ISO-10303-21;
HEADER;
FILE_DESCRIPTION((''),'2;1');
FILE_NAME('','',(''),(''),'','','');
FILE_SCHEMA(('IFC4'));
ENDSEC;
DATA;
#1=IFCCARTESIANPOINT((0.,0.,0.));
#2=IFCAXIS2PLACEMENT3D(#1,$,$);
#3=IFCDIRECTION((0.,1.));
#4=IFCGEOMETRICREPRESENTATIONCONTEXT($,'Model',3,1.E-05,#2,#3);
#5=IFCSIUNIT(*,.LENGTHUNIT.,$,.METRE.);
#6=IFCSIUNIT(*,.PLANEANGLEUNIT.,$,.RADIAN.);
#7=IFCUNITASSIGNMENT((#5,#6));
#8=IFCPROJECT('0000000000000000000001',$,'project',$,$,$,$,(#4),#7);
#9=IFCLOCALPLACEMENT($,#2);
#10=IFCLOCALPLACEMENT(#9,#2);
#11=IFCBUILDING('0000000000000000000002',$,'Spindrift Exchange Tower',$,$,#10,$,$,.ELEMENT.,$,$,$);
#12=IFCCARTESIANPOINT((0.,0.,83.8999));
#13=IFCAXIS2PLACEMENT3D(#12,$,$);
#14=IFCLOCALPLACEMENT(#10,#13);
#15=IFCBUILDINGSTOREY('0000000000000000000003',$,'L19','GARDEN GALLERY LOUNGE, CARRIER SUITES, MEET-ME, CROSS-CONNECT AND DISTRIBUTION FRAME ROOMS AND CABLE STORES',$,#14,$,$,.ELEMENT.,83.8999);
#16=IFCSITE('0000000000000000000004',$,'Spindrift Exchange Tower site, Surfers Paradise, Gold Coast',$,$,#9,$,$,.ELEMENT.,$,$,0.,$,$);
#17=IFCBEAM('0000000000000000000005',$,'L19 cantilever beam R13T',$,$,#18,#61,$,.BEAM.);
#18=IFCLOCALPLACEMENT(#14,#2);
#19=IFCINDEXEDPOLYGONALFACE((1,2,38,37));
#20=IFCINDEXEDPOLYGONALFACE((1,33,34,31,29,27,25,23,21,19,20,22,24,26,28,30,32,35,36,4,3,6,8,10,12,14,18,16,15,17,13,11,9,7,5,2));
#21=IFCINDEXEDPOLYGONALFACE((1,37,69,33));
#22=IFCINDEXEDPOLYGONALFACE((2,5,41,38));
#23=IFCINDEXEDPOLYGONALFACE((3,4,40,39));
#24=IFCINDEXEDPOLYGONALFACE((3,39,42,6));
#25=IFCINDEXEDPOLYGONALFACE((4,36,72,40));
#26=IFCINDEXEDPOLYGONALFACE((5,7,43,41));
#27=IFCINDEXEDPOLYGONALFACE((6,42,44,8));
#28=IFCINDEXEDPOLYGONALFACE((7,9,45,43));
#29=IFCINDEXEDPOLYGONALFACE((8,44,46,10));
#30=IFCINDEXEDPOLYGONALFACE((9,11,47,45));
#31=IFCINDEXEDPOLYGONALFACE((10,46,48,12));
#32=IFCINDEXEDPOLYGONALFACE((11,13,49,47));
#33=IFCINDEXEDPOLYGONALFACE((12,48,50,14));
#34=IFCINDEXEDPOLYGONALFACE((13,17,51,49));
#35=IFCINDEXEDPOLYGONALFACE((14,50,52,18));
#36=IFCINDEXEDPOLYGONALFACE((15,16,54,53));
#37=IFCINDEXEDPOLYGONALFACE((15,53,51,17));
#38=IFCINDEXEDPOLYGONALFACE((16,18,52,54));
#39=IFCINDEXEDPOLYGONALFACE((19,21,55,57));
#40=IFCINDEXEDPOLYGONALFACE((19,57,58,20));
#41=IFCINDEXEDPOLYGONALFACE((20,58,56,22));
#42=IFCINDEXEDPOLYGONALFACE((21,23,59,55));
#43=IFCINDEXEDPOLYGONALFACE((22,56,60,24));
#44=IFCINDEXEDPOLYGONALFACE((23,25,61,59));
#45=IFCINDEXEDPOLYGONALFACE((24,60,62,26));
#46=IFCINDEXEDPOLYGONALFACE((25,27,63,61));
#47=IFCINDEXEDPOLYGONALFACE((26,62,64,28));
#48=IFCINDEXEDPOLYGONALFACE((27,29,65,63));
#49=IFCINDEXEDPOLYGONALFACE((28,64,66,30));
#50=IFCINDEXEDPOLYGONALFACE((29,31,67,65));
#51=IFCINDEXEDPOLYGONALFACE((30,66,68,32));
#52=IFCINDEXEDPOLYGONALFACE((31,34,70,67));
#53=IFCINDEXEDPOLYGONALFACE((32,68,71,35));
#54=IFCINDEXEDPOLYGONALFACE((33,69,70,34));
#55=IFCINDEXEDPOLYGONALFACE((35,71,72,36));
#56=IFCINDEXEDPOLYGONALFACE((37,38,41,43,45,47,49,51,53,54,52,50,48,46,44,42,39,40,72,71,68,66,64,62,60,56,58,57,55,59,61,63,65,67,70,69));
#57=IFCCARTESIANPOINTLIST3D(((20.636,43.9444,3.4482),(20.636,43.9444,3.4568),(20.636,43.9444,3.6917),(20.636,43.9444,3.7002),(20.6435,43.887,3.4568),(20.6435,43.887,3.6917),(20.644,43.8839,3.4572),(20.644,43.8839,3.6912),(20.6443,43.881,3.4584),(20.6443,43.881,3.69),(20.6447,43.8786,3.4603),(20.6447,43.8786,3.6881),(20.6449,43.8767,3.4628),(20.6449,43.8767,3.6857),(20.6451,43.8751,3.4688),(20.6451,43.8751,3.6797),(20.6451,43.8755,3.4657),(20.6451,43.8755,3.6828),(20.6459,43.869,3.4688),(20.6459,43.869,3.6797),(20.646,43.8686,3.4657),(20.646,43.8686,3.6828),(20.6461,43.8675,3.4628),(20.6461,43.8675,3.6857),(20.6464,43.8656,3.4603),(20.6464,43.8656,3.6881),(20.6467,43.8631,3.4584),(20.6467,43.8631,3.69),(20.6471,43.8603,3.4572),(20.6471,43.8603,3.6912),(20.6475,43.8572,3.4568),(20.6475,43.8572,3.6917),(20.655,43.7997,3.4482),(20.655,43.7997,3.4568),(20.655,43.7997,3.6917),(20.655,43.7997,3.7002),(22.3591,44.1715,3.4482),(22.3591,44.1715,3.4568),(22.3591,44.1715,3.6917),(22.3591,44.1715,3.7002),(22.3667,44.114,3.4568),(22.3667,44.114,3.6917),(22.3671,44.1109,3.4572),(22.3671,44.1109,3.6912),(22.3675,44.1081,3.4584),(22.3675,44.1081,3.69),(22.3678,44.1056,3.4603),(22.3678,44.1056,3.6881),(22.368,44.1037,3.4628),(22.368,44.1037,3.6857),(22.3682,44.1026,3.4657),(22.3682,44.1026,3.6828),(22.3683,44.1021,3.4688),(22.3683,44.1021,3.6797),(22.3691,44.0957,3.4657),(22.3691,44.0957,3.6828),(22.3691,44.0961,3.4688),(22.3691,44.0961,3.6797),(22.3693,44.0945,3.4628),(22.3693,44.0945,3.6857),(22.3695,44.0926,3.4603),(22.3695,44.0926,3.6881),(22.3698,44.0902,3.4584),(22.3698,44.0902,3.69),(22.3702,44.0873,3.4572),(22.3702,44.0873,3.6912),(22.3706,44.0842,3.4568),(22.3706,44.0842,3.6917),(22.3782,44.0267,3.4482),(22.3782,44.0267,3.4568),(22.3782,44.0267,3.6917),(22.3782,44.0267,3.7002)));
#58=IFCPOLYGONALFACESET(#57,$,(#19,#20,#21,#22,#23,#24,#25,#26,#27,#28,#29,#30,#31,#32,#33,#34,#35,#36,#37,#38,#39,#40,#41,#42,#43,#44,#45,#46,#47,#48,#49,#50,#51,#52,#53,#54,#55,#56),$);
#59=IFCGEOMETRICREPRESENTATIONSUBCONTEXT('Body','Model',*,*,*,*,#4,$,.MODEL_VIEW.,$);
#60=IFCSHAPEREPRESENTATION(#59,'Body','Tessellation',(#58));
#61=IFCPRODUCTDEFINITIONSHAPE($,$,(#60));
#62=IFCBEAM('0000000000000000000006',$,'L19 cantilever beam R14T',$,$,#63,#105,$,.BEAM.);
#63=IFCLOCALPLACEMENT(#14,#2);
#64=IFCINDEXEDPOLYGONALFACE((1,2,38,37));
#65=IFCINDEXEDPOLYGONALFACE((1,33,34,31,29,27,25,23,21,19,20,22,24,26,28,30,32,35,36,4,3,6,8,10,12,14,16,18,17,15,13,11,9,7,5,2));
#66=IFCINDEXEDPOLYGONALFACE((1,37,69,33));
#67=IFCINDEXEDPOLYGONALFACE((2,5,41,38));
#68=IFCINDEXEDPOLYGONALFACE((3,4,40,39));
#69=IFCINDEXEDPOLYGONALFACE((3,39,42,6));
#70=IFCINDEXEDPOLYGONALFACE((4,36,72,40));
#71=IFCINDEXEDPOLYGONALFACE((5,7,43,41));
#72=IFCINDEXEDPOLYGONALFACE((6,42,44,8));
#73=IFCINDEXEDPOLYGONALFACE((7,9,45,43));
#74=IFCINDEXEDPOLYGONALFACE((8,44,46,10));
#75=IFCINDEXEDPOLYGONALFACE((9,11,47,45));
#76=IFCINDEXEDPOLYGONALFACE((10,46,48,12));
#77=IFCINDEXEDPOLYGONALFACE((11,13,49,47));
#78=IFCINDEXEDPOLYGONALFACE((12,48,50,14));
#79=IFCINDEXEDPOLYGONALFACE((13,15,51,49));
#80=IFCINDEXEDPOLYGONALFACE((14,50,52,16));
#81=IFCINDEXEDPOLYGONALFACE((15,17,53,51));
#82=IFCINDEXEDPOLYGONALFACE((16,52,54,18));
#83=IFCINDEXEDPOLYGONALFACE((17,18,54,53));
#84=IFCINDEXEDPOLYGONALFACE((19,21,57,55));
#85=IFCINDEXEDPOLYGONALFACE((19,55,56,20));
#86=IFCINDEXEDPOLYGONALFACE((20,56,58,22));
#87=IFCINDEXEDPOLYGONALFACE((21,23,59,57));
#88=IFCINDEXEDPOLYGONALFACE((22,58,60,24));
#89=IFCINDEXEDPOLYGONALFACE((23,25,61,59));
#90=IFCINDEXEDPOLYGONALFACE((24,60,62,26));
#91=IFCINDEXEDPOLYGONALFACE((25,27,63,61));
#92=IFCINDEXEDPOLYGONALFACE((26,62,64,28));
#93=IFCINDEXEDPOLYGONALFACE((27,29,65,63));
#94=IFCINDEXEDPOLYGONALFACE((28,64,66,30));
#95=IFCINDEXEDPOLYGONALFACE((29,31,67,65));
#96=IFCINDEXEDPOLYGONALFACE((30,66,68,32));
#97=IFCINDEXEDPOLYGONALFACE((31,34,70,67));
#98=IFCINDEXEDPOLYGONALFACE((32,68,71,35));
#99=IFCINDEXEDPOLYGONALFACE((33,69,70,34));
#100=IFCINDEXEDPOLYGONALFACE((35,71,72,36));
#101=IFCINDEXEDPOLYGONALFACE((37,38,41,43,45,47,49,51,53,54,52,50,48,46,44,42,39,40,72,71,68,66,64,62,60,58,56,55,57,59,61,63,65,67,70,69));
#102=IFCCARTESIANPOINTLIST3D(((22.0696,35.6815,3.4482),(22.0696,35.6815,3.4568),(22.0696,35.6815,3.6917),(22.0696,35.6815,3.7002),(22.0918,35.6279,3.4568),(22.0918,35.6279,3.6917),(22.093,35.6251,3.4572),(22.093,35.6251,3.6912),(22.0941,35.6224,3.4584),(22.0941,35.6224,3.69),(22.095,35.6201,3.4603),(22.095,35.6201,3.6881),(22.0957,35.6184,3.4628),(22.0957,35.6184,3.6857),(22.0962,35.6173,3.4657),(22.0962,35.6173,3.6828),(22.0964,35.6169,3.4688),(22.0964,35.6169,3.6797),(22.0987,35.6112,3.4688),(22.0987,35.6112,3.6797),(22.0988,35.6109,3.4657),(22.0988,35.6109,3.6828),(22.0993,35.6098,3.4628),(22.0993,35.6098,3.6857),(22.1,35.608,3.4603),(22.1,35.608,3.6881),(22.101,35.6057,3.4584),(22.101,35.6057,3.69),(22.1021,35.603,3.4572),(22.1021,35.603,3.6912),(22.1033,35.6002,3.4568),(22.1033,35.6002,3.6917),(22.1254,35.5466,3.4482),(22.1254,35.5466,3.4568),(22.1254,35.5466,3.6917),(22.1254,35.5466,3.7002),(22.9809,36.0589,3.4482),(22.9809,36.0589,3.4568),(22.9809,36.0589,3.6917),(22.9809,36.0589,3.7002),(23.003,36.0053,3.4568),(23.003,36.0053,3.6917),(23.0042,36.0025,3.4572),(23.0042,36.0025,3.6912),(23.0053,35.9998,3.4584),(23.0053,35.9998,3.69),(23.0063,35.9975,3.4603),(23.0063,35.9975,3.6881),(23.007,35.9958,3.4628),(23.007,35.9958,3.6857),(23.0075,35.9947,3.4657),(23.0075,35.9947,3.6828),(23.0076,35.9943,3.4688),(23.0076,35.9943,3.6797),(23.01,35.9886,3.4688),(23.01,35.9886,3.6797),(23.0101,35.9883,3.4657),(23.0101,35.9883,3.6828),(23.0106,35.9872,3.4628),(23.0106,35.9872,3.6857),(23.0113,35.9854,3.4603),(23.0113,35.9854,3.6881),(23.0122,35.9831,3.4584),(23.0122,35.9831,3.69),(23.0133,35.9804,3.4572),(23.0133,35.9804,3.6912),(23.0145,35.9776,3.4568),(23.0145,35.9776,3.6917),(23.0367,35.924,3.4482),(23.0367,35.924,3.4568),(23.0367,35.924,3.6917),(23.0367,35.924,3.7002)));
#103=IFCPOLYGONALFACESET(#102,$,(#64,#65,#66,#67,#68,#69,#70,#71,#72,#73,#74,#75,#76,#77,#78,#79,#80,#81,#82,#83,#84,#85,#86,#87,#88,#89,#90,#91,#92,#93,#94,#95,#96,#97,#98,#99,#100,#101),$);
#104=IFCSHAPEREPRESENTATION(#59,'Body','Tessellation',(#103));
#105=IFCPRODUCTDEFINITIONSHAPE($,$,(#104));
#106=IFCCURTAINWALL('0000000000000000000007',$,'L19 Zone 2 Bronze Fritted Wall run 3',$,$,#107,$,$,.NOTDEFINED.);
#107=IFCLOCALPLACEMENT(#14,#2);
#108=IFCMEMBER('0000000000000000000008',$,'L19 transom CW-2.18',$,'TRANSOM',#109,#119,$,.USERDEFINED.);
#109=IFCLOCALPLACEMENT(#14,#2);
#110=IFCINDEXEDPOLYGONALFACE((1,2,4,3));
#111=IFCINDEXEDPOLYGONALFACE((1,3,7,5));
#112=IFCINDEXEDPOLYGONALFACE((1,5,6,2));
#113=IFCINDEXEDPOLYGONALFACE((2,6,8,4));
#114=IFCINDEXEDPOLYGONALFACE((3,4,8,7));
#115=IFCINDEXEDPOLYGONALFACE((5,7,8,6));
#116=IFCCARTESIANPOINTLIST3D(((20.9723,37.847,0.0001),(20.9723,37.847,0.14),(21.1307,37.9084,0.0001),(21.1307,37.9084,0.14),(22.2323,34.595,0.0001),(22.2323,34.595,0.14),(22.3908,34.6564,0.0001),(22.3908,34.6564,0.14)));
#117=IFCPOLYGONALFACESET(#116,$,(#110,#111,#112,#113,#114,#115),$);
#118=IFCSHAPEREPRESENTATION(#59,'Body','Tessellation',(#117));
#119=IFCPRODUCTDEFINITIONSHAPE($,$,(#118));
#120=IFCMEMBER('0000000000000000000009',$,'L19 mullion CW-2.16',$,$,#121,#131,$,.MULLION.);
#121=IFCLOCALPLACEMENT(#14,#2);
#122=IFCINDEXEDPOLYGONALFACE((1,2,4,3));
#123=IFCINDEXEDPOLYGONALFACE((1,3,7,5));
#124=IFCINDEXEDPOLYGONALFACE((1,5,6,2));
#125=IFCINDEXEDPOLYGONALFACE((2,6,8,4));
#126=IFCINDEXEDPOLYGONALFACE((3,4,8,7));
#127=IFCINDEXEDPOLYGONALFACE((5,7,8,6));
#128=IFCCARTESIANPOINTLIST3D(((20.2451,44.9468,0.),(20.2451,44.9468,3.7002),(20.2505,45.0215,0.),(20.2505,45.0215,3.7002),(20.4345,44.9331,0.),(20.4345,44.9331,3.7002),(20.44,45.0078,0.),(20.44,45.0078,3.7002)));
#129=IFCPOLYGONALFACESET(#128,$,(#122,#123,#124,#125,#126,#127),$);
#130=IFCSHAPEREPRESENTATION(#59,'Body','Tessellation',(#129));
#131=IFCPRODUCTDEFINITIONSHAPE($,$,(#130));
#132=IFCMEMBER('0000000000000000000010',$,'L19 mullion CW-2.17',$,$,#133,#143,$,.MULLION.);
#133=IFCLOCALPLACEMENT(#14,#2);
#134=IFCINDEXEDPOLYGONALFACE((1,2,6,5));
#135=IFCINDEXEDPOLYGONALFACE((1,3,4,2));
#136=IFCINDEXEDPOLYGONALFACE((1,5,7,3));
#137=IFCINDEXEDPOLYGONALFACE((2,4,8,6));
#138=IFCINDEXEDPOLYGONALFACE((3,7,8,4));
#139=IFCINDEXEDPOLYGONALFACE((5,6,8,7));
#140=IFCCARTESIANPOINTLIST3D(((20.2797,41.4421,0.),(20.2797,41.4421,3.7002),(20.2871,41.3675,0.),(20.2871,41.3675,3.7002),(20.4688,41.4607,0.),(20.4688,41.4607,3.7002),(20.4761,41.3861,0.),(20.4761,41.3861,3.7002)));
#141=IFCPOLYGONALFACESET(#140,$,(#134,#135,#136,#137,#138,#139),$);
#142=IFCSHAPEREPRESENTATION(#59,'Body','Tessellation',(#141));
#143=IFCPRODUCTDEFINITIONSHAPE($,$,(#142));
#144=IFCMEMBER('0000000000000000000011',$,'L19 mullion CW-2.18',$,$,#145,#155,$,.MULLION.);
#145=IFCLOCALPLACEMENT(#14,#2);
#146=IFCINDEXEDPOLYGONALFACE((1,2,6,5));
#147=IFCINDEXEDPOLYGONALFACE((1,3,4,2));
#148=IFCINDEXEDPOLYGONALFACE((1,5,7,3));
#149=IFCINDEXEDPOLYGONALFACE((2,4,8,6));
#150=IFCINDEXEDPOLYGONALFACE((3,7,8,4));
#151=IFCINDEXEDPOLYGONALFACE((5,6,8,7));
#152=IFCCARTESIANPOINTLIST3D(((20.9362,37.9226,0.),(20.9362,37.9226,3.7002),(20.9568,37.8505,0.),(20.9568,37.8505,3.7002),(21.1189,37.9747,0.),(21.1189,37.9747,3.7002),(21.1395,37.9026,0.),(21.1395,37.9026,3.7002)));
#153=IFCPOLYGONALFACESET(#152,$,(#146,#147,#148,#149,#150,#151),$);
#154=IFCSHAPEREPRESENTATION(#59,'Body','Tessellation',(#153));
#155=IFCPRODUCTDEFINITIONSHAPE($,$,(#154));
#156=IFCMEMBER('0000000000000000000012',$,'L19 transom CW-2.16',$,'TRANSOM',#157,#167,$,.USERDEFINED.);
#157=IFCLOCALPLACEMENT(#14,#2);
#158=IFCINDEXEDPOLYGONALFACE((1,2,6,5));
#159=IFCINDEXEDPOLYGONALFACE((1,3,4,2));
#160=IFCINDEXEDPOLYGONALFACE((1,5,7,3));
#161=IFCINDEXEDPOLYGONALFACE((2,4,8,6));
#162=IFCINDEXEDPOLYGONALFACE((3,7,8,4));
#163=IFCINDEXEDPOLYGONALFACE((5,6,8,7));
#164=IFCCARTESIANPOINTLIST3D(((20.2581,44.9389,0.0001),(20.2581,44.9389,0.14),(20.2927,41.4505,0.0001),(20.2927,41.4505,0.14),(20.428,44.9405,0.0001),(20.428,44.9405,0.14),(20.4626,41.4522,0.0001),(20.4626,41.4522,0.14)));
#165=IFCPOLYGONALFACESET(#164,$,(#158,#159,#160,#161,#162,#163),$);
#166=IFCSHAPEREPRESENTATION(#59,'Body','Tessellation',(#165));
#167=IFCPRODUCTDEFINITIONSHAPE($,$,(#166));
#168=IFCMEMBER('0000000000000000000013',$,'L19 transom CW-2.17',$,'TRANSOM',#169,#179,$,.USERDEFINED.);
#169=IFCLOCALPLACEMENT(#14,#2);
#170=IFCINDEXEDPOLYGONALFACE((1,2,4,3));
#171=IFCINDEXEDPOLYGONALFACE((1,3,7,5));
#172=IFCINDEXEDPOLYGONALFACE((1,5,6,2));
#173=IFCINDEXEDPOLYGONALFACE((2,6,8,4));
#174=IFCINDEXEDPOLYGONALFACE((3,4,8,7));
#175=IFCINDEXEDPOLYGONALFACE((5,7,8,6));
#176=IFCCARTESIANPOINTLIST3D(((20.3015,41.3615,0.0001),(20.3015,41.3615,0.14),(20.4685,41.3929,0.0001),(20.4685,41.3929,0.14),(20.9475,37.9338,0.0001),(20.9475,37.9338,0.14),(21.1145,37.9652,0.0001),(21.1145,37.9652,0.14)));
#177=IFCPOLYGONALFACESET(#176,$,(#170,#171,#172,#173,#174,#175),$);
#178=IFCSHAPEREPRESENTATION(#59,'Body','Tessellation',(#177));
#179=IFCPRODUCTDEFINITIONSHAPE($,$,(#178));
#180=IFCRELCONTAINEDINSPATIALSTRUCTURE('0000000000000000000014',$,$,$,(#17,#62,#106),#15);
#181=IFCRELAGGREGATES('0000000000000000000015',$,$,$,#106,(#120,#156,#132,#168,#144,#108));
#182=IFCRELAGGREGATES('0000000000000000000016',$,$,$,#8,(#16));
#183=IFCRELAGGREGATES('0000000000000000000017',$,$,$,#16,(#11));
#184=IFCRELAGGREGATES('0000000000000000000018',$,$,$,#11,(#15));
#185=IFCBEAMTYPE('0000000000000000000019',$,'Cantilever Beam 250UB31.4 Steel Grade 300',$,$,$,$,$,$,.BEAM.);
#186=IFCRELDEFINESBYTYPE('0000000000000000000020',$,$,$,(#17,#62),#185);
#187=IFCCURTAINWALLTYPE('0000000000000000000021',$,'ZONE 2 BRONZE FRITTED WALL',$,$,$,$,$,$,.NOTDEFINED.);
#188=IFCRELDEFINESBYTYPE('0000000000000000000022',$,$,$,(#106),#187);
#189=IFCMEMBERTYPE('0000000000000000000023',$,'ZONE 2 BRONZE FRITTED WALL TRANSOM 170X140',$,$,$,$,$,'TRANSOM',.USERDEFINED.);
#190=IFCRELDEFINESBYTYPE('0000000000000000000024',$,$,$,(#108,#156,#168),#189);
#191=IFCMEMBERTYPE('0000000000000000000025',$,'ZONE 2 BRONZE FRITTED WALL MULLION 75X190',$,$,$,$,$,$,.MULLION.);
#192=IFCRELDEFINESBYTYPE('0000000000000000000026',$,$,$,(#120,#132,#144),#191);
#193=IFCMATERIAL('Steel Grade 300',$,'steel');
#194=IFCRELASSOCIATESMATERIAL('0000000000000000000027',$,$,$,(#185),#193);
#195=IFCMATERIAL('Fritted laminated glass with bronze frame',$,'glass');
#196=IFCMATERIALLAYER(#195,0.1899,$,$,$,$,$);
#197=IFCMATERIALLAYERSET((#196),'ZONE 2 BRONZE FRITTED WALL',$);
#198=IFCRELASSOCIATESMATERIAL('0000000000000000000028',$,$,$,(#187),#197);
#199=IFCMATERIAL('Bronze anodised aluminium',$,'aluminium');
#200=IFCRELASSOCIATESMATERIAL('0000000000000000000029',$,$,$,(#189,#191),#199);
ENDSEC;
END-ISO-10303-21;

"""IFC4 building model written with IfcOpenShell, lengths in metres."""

from ifc_helpers import new_model, si_unit, direction, frame, origin, origin_2d, place, context, subcontext, project, spatial, rectangle, i_section, extrude, source, transform, mapped, material, layer, layer_set, material_profile, profile_set, type_object, element, aggregate, save


model = new_model("IFC4")

# Units and contexts
model_context = context("Model", 3, precision=1e-05, world=origin(), true_north=direction((0.0, 1.0)))
body_context = subcontext(model_context, "Body", "Model", "MODEL_VIEW")
ifc_project = project(units=[si_unit("LENGTHUNIT", "METRE"), si_unit("PLANEANGLEUNIT", "RADIAN")], contexts=[model_context])

# Site, building, storey
site_placement = place(None, origin())
site = spatial("IfcSite", under=ifc_project, at=site_placement, Name="Spindrift Exchange Tower site, Surfers Paradise, Gold Coast", CompositionType="ELEMENT", RefElevation=0.0)
building_placement = place(site_placement, origin())
building = spatial("IfcBuilding", under=site, at=building_placement, Name="Spindrift Exchange Tower", CompositionType="ELEMENT")
storey_placement = place(building_placement, frame((0.0, 0.0, 83.8999)))
storey = spatial("IfcBuildingStorey", under=building, at=storey_placement, Name="L19", Description="GARDEN GALLERY LOUNGE, CARRIER SUITES, MEET-ME, CROSS-CONNECT AND DISTRIBUTION FRAME ROOMS AND CABLE STORES", CompositionType="ELEMENT", Elevation=83.8999)

# Beams
ifc_material_1 = material(Name="Steel Grade 300", Category="steel")
ifc_material_profile_1 = material_profile(ifc_material_1, i_section(OverallWidth=0.146, OverallDepth=0.252, WebThickness=0.0061, FlangeThickness=0.0085, FilletRadius=0.012, at=origin_2d()), Name="250UB31.4")
ifc_profile_set_1 = profile_set([ifc_material_profile_1], Name="Steel Grade 300")
beam_type_1 = type_object("IfcBeamType", Name="Cantilever Beam 250UB31.4 Steel Grade 300", PredefinedType="BEAM", material=ifc_profile_set_1)
shared_shape_1 = source(origin(), body_context, "Body", "SweptSolid", [
    extrude(i_section(OverallWidth=0.146, OverallDepth=0.252, WebThickness=0.0061, FlangeThickness=0.0085, FilletRadius=0.012, at=origin_2d()), origin(), (0.0, 0.0, 1.0), 1.738),
])
beam_1_placement = place(storey_placement, frame((22.3687, 44.0991, 3.5742), z_axis=(-0.99143, -0.130636, 0.0), x_axis=(0.130636, -0.99143, 0.0)))
element("IfcBeam", 1, at=beam_1_placement, inside=storey, type_object=beam_type_1, Name="L19 cantilever beam R13T", PredefinedType="BEAM", context=body_context, shape_type="MappedRepresentation", body=[
    mapped(shared_shape_1, transform((0.0, 0.0, 0.0), scale=1.0)),
])
shared_shape_2 = source(origin(), body_context, "Body", "SweptSolid", [
    extrude(i_section(OverallWidth=0.146, OverallDepth=0.252, WebThickness=0.0061, FlangeThickness=0.0085, FilletRadius=0.012, at=origin_2d()), origin(), (0.0, 0.0, 1.0), 0.9863),
])
beam_2_placement = place(storey_placement, frame((23.0088, 35.9915, 3.5742), z_axis=(-0.923902, -0.382629, 0.0), x_axis=(0.382629, -0.923902, 0.0)))
element("IfcBeam", 2, at=beam_2_placement, inside=storey, type_object=beam_type_1, Name="L19 cantilever beam R14T", PredefinedType="BEAM", context=body_context, shape_type="MappedRepresentation", body=[
    mapped(shared_shape_2, transform((0.0, 0.0, 0.0), scale=1.0)),
])

# Curtain wall, members
ifc_material_2 = material(Name="Fritted laminated glass with bronze frame", Category="glass")
ifc_layer_1 = layer(ifc_material_2, 0.1899)
ifc_layer_set_1 = layer_set([ifc_layer_1], Name="ZONE 2 BRONZE FRITTED WALL")
curtain_wall_type = type_object("IfcCurtainWallType", Name="ZONE 2 BRONZE FRITTED WALL", PredefinedType="NOTDEFINED", material=ifc_layer_set_1)
curtain_wall_placement = place(storey_placement, origin())
curtain_wall = element("IfcCurtainWall", 3, at=curtain_wall_placement, inside=storey, type_object=curtain_wall_type, Name="L19 Zone 2 Bronze Fritted Wall run 3", PredefinedType="NOTDEFINED")
ifc_material_3 = material(Name="Bronze anodised aluminium", Category="aluminium")
ifc_material_profile_2 = material_profile(ifc_material_3, rectangle(XDim=0.1699, YDim=0.1399, at=origin_2d()), Name="ZONE 2 BRONZE FRITTED WALL TRANSOM 170X140")
ifc_profile_set_2 = profile_set([ifc_material_profile_2], Name="Bronze anodised aluminium")
member_type_1 = type_object("IfcMemberType", Name="ZONE 2 BRONZE FRITTED WALL TRANSOM 170X140", ElementType="TRANSOM", PredefinedType="USERDEFINED", material=ifc_profile_set_2)
shared_shape_3 = source(origin(), body_context, "Body", "SweptSolid", [
    extrude(rectangle(XDim=0.1699, YDim=0.1399, at=origin_2d()), origin(), (0.0, 0.0, 1.0), 3.4875),
])
member_1_placement = place(storey_placement, frame((21.0515, 37.8777, 0.0701), z_axis=(0.361291, -0.932453, 0.0), x_axis=(0.932453, 0.361291, 0.0)))
member_1 = element("IfcMember", 4, at=member_1_placement, type_object=member_type_1, Name="L19 transom CW-2.18", ObjectType="TRANSOM", PredefinedType="USERDEFINED", context=body_context, shape_type="MappedRepresentation", body=[
    mapped(shared_shape_3, transform((0.0, 0.0, 0.0), scale=1.0)),
])
ifc_material_profile_3 = material_profile(ifc_material_3, rectangle(XDim=0.075, YDim=0.1899, at=origin_2d()), Name="ZONE 2 BRONZE FRITTED WALL MULLION 75X190")
ifc_profile_set_3 = profile_set([ifc_material_profile_3], Name="Bronze anodised aluminium")
member_type_2 = type_object("IfcMemberType", Name="ZONE 2 BRONZE FRITTED WALL MULLION 75X190", PredefinedType="MULLION", material=ifc_profile_set_3)
shared_shape_4 = source(origin(), body_context, "Body", "SweptSolid", [
    extrude(rectangle(XDim=0.075, YDim=0.1899, at=origin_2d()), origin(), (0.0, 0.0, 1.0), 3.7002),
])
member_2_placement = place(storey_placement, frame((20.3425, 44.9773, 0.0), z_axis=(0.0, 0.0, 1.0), x_axis=(-0.07214, -0.997394, 0.0)))
member_2 = element("IfcMember", 5, at=member_2_placement, type_object=member_type_2, Name="L19 mullion CW-2.16", PredefinedType="MULLION", context=body_context, shape_type="MappedRepresentation", body=[
    mapped(shared_shape_4, transform((0.0, 0.0, 0.0), scale=1.0)),
])
member_3_placement = place(storey_placement, frame((20.3779, 41.4141, 0.0), z_axis=(0.0, 0.0, 1.0), x_axis=(0.097954, -0.995191, 0.0)))
member_3 = element("IfcMember", 6, at=member_3_placement, type_object=member_type_2, Name="L19 mullion CW-2.17", PredefinedType="MULLION", context=body_context, shape_type="MappedRepresentation", body=[
    mapped(shared_shape_4, transform((0.0, 0.0, 0.0), scale=1.0)),
])
member_4_placement = place(storey_placement, frame((21.0378, 37.9126, 0.0), z_axis=(0.0, 0.0, 1.0), x_axis=(0.27441, -0.961613, 0.0)))
member_4 = element("IfcMember", 7, at=member_4_placement, type_object=member_type_2, Name="L19 mullion CW-2.18", PredefinedType="MULLION", context=body_context, shape_type="MappedRepresentation", body=[
    mapped(shared_shape_4, transform((0.0, 0.0, 0.0), scale=1.0)),
])
shared_shape_5 = source(origin(), body_context, "Body", "SweptSolid", [
    extrude(rectangle(XDim=0.1699, YDim=0.1399, at=origin_2d()), origin(), (0.0, 0.0, 1.0), 3.4885),
])
member_5_placement = place(storey_placement, frame((20.343, 44.9397, 0.0701), z_axis=(0.009938, -0.999951, 0.0), x_axis=(0.999951, 0.009938, 0.0)))
member_5 = element("IfcMember", 8, at=member_5_placement, type_object=member_type_1, Name="L19 transom CW-2.16", ObjectType="TRANSOM", PredefinedType="USERDEFINED", context=body_context, shape_type="MappedRepresentation", body=[
    mapped(shared_shape_5, transform((0.0, 0.0, 0.0), scale=1.0)),
])
shared_shape_6 = source(origin(), body_context, "Body", "SweptSolid", [
    extrude(rectangle(XDim=0.1699, YDim=0.1399, at=origin_2d()), origin(), (0.0, 0.0, 1.0), 3.488),
])
member_6_placement = place(storey_placement, frame((20.385, 41.3772, 0.0701), z_axis=(0.185201, -0.982701, 0.0), x_axis=(0.982701, 0.185201, 0.0)))
member_6 = element("IfcMember", 9, at=member_6_placement, type_object=member_type_1, Name="L19 transom CW-2.17", ObjectType="TRANSOM", PredefinedType="USERDEFINED", context=body_context, shape_type="MappedRepresentation", body=[
    mapped(shared_shape_6, transform((0.0, 0.0, 0.0), scale=1.0)),
])
aggregate(curtain_wall, [member_2, member_5, member_3, member_6, member_4, member_1])

save(model, "model.ifc")
